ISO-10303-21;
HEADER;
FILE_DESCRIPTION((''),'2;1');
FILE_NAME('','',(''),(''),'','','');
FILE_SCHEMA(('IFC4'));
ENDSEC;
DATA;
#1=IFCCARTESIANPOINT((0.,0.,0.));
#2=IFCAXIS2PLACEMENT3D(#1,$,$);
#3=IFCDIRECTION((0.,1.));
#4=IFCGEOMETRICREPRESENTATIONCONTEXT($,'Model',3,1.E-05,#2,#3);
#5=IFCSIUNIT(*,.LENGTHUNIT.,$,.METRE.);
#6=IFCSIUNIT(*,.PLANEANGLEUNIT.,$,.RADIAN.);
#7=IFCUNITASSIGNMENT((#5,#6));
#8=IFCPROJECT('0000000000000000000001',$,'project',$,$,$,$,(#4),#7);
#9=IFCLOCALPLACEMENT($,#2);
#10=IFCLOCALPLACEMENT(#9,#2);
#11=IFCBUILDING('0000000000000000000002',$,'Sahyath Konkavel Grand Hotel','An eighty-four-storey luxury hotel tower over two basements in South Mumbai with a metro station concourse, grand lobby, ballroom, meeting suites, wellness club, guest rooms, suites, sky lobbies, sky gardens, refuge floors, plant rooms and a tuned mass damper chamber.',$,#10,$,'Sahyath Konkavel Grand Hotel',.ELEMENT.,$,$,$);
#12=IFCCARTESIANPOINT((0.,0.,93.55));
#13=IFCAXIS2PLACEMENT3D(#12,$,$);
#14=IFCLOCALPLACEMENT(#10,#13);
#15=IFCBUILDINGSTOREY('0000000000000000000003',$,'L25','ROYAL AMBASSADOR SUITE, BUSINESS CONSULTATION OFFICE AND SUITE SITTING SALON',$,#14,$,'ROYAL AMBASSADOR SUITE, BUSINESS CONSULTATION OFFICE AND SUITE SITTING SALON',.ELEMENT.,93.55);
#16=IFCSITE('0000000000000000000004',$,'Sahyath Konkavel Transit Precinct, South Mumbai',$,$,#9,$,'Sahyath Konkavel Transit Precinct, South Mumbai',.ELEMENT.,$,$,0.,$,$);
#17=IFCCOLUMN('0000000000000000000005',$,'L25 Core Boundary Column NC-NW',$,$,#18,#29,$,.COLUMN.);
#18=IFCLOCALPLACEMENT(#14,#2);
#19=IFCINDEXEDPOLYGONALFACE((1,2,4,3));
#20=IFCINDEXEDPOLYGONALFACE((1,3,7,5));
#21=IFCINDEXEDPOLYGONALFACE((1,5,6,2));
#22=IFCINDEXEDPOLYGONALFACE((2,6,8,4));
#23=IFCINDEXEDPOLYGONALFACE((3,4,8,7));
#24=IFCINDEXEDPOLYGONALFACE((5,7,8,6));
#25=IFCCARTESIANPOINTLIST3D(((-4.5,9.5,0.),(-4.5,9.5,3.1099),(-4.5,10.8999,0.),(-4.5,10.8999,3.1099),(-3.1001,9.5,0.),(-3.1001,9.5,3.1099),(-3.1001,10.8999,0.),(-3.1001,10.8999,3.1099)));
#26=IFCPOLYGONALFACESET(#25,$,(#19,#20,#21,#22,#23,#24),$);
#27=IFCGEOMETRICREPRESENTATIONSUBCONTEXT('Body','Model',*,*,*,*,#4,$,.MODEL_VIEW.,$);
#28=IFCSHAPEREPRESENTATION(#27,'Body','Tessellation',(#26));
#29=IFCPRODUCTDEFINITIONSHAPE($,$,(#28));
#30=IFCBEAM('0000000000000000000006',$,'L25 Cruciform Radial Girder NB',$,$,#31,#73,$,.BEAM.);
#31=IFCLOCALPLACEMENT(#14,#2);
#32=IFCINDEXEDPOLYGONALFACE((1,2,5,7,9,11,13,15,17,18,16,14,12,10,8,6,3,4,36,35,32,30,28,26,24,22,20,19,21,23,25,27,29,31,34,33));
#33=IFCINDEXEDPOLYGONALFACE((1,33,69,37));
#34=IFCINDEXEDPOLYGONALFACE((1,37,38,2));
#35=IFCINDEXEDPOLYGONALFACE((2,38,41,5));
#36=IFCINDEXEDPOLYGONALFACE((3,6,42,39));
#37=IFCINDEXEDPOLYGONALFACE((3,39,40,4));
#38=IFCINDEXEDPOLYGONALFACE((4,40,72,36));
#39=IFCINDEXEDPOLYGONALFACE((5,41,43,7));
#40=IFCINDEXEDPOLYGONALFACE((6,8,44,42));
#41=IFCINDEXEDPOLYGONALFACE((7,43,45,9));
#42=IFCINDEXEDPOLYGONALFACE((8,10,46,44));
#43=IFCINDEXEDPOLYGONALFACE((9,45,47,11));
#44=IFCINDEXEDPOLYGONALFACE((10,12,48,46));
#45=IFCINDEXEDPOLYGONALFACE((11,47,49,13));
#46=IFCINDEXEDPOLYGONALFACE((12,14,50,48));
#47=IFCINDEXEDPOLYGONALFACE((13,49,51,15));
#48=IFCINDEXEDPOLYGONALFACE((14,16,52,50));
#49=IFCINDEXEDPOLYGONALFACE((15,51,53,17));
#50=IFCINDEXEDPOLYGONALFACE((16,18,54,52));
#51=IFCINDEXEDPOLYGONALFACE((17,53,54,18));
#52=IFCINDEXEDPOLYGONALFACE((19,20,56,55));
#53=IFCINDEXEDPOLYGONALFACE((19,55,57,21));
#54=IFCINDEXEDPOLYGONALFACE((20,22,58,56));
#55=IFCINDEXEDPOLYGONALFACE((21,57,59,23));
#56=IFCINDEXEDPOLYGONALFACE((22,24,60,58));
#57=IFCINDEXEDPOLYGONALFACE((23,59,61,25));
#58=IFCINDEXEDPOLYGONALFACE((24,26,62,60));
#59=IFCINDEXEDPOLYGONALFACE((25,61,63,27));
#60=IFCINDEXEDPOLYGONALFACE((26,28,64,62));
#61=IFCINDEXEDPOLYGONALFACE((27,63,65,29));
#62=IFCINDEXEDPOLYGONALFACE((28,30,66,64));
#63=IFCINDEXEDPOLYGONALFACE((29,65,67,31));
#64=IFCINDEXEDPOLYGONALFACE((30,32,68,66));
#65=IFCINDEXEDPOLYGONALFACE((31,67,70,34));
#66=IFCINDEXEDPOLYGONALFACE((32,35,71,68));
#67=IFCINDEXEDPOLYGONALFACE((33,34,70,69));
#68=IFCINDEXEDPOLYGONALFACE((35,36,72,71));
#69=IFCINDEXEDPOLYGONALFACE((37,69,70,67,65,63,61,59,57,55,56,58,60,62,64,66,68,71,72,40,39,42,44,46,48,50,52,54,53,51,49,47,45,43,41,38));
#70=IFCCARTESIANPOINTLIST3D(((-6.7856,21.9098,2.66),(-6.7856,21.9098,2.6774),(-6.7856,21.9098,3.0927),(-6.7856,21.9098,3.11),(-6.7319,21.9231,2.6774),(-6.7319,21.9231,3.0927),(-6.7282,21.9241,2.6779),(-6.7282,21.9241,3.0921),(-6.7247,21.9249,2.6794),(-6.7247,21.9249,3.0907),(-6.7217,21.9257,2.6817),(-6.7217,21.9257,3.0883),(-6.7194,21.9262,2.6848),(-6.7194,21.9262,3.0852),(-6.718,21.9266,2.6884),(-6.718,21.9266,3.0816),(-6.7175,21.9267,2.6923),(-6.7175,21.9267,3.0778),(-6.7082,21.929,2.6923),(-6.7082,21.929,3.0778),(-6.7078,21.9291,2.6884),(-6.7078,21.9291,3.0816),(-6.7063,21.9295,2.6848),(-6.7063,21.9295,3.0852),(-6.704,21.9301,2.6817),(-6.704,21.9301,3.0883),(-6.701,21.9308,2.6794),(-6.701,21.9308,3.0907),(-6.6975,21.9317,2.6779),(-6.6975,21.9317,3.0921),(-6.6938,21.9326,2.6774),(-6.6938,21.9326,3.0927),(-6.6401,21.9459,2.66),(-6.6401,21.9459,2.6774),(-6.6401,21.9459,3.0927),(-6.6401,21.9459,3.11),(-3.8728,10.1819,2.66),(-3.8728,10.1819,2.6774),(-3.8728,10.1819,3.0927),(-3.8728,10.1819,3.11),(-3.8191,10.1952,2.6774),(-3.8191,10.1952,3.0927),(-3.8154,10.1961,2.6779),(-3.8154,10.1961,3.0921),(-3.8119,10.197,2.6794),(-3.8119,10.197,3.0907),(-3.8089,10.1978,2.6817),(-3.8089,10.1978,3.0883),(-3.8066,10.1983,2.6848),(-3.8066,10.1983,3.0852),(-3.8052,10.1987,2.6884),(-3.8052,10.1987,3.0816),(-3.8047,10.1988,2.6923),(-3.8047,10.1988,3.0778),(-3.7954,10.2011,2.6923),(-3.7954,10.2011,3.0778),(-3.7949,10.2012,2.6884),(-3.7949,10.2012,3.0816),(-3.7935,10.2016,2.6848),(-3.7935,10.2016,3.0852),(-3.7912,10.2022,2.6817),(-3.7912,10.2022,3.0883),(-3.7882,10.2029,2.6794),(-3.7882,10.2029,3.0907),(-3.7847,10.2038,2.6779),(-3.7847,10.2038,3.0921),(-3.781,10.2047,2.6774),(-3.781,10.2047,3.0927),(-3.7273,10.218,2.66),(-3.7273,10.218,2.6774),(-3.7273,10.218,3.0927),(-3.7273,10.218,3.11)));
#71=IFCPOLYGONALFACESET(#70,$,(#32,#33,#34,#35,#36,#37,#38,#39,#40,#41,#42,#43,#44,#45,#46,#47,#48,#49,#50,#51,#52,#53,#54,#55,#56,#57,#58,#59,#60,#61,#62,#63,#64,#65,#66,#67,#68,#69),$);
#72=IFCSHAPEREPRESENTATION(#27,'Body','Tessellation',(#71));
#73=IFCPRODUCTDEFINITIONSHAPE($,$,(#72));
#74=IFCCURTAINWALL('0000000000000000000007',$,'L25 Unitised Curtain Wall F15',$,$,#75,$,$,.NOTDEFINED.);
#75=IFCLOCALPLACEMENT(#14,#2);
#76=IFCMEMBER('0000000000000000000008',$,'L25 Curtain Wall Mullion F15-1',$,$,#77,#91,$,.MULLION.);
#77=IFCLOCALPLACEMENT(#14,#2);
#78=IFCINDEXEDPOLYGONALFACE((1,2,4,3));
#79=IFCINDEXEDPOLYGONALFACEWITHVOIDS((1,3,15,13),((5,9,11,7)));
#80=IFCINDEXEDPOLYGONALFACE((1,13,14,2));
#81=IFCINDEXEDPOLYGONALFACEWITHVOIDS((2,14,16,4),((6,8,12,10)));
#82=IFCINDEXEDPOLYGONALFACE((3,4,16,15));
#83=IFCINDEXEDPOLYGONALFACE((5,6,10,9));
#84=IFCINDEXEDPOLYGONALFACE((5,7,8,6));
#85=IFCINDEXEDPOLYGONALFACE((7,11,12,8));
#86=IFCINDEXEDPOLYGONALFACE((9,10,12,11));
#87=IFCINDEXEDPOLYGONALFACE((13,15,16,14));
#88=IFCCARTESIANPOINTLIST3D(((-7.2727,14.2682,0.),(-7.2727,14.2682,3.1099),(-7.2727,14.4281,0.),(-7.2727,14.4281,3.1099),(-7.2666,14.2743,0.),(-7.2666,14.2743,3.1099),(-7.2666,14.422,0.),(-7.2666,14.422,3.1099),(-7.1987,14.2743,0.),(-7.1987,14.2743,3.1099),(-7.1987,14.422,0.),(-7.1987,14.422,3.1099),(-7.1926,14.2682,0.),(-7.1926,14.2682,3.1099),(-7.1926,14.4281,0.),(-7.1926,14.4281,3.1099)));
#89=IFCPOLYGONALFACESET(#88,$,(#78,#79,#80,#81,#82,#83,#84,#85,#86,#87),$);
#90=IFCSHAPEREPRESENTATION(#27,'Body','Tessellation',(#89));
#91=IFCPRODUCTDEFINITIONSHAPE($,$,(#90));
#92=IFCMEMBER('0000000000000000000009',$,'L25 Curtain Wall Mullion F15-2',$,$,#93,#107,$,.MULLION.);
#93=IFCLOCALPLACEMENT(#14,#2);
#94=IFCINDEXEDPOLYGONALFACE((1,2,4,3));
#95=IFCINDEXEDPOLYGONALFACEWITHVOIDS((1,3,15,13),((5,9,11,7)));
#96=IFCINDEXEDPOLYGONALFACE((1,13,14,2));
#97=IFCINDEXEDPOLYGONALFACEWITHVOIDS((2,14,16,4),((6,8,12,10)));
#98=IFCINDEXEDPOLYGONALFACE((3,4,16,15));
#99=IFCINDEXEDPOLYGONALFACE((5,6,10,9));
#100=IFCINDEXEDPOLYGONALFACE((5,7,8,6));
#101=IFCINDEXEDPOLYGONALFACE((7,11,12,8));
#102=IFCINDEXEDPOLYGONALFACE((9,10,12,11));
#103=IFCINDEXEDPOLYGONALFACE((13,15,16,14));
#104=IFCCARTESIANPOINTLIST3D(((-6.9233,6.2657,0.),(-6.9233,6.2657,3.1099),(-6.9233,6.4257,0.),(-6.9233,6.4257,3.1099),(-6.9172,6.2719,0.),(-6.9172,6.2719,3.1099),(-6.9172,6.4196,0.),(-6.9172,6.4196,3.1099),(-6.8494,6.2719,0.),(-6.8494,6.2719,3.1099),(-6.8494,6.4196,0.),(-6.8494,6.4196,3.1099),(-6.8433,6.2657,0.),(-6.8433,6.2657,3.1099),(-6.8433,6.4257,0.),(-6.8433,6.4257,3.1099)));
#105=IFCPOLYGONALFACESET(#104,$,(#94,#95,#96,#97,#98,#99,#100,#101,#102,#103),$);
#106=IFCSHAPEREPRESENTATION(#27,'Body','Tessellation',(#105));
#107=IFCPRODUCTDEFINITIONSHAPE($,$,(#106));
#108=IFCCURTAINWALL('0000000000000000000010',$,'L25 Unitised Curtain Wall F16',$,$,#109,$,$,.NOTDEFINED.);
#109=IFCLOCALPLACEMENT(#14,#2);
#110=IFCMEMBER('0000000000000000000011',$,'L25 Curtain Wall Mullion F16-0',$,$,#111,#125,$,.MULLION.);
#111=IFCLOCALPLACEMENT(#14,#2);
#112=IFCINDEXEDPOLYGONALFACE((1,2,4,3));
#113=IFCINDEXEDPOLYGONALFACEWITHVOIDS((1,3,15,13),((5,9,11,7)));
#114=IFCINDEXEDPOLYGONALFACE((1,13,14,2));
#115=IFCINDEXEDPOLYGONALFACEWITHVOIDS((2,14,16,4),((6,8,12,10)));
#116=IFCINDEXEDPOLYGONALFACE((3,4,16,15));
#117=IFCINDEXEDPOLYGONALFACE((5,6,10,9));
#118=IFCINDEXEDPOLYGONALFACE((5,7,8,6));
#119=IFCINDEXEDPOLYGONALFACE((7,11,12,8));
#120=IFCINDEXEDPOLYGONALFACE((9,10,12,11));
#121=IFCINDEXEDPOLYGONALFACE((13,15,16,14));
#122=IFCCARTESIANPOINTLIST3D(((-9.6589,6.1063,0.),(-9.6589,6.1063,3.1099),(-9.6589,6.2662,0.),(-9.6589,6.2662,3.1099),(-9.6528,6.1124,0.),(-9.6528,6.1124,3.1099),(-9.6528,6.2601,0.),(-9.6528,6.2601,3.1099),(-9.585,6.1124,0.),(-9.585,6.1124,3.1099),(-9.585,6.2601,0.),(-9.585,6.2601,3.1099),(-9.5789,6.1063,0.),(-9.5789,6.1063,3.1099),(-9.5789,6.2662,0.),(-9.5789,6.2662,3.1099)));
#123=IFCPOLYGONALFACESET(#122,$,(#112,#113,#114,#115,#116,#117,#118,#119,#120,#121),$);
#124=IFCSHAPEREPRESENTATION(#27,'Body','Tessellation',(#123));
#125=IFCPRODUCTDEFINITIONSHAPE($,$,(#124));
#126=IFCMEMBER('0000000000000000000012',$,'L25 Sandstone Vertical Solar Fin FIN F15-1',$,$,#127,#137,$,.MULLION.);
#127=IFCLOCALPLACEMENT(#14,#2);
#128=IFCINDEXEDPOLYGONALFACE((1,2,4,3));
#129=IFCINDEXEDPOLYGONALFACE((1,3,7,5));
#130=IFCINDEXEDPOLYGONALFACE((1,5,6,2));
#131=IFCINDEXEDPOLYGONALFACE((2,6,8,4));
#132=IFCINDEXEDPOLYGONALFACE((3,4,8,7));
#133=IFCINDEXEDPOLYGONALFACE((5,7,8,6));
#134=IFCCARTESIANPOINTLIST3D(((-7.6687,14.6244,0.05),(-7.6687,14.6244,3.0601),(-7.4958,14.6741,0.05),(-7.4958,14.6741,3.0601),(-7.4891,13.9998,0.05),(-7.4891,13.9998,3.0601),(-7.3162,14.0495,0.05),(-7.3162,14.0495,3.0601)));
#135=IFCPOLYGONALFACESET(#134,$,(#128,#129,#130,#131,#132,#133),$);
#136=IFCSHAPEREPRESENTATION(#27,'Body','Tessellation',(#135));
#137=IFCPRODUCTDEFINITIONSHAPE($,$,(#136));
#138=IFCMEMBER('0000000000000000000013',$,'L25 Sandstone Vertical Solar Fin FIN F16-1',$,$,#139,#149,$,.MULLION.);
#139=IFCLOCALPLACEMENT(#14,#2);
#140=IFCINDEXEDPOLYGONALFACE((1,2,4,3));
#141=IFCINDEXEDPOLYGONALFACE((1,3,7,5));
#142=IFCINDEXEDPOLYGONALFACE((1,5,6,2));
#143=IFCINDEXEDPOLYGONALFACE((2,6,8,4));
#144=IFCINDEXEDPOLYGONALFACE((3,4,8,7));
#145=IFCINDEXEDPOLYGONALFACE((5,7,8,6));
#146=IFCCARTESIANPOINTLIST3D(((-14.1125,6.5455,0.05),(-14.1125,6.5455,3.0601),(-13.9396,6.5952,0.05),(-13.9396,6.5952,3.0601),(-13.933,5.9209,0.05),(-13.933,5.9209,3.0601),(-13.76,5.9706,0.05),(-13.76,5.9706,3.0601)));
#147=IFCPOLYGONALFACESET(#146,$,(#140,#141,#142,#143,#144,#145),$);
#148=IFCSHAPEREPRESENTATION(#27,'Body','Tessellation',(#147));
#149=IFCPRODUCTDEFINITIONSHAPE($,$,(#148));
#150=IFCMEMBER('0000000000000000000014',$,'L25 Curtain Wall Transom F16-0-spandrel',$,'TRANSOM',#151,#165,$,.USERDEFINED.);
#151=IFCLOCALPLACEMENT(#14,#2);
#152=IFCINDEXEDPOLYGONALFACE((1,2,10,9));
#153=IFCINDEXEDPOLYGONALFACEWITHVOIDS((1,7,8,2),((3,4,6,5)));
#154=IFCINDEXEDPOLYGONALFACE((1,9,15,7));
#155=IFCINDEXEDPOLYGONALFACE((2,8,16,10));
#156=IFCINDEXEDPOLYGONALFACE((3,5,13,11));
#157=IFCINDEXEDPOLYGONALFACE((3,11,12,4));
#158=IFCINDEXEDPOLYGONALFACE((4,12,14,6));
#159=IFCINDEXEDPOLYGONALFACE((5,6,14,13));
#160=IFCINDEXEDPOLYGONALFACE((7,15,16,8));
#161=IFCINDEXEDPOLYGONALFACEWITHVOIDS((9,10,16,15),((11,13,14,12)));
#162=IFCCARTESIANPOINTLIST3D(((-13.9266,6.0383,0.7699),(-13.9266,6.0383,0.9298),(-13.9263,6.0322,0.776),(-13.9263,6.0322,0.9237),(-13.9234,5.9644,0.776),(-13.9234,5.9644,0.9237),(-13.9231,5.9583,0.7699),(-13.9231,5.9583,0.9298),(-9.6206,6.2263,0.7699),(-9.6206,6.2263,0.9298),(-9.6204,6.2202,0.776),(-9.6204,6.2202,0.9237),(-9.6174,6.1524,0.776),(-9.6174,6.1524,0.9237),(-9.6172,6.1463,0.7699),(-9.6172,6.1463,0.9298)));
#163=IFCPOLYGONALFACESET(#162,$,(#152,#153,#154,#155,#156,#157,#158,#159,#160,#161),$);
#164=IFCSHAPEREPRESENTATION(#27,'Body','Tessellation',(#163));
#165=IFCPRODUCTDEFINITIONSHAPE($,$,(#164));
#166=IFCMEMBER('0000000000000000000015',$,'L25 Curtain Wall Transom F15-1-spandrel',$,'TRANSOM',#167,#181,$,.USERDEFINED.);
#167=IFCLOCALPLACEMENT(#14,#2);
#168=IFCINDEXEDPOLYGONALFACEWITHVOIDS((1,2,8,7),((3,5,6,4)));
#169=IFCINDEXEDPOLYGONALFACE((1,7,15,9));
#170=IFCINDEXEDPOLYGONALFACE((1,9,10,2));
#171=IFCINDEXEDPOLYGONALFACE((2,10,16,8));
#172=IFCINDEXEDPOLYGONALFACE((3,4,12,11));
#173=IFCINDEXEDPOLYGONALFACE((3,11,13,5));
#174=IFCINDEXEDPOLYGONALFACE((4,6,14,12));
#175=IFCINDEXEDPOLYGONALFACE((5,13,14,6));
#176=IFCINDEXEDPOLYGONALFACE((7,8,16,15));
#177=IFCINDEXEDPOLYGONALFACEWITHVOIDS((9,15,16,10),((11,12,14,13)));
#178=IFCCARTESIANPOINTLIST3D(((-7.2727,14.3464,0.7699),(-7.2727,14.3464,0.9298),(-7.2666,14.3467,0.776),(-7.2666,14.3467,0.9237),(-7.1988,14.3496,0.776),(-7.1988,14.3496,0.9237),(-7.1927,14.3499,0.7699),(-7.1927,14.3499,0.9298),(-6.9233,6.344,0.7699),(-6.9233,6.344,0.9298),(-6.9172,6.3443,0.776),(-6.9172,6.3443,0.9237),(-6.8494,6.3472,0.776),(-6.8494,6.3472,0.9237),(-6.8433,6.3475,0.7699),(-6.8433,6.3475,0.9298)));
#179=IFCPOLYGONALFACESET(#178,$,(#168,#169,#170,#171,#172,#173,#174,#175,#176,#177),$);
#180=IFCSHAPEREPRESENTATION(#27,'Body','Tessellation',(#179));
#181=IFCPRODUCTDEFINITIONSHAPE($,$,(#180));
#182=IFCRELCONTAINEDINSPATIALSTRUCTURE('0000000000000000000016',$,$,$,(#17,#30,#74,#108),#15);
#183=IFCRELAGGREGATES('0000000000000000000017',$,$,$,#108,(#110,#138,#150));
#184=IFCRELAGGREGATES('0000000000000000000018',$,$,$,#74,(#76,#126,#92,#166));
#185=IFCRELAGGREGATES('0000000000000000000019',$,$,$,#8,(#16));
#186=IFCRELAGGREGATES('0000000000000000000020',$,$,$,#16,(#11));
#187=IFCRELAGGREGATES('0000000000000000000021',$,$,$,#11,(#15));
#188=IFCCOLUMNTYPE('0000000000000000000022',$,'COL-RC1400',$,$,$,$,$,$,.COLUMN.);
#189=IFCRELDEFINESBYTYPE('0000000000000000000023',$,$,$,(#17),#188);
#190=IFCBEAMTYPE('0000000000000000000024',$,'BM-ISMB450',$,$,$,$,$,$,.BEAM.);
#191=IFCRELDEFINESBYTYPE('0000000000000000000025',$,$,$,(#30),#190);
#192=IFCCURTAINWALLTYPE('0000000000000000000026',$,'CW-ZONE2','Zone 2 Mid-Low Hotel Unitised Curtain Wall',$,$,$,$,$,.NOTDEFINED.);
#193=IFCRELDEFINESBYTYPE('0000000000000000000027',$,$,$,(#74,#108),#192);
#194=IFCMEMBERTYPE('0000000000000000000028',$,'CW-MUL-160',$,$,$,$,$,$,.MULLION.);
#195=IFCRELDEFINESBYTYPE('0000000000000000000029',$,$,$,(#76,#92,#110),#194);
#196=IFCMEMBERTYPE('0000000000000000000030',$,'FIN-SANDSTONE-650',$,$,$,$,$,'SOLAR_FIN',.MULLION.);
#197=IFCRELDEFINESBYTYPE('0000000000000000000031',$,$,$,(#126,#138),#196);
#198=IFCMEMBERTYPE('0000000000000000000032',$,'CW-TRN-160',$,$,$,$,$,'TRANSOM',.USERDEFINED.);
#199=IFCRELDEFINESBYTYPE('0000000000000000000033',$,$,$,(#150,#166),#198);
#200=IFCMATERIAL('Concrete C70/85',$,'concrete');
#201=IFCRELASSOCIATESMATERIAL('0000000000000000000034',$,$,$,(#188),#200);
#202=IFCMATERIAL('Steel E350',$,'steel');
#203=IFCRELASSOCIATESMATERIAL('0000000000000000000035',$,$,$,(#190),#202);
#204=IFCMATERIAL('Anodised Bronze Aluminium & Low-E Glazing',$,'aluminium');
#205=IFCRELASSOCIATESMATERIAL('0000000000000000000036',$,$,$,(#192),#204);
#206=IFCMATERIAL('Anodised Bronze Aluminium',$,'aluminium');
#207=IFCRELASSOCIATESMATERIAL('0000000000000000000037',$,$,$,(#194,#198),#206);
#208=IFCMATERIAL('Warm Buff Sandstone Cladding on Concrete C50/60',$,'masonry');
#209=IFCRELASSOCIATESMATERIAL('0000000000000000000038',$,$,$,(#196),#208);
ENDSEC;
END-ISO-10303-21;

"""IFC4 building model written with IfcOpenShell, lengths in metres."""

from ifc_helpers import new_model, si_unit, direction, frame, origin, origin_2d, place, context, subcontext, project, spatial, rectangle, hollow_rectangle, i_section, extrude, source, transform, mapped, material, material_profile, profile_set, type_object, element, aggregate, save


model = new_model("IFC4")

# Units and contexts
model_context = context("Model", 3, precision=1e-05, world=origin(), true_north=direction((0.0, 1.0)))
body_context = subcontext(model_context, "Body", "Model", "MODEL_VIEW")
ifc_project = project(units=[si_unit("LENGTHUNIT", "METRE"), si_unit("PLANEANGLEUNIT", "RADIAN")], contexts=[model_context])

# Site, building, storey
site_placement = place(None, origin())
site = spatial("IfcSite", under=ifc_project, at=site_placement, Name="Sahyath Konkavel Transit Precinct, South Mumbai", LongName="Sahyath Konkavel Transit Precinct, South Mumbai", CompositionType="ELEMENT", RefElevation=0.0)
building_placement = place(site_placement, origin())
building = spatial("IfcBuilding", under=site, at=building_placement, Name="Sahyath Konkavel Grand Hotel", Description="An eighty-four-storey luxury hotel tower over two basements in South Mumbai with a metro station concourse, grand lobby, ballroom, meeting suites, wellness club, guest rooms, suites, sky lobbies, sky gardens, refuge floors, plant rooms and a tuned mass damper chamber.", LongName="Sahyath Konkavel Grand Hotel", CompositionType="ELEMENT")
storey_placement = place(building_placement, frame((0.0, 0.0, 93.55)))
storey = spatial("IfcBuildingStorey", under=building, at=storey_placement, Name="L25", Description="ROYAL AMBASSADOR SUITE, BUSINESS CONSULTATION OFFICE AND SUITE SITTING SALON", LongName="ROYAL AMBASSADOR SUITE, BUSINESS CONSULTATION OFFICE AND SUITE SITTING SALON", CompositionType="ELEMENT", Elevation=93.55)

# Column
ifc_material_1 = material(Name="Concrete C70/85", Category="concrete")
ifc_material_profile_1 = material_profile(ifc_material_1, rectangle(XDim=1.3999, YDim=1.3999, at=origin_2d()), Name="RC 1400x1400")
ifc_profile_set_1 = profile_set([ifc_material_profile_1], Name="Concrete C70/85")
column_type = type_object("IfcColumnType", Name="COL-RC1400", PredefinedType="COLUMN", material=ifc_profile_set_1)
shared_shape_1 = source(origin(), body_context, "Body", "SweptSolid", [
    extrude(rectangle(XDim=1.3999, YDim=1.3999, at=origin_2d()), origin(), (0.0, 0.0, 1.0), 3.1099),
])
column_placement = place(storey_placement, frame((-3.8, 10.2, 0.0), z_axis=(0.0, 0.0, 1.0), x_axis=(1.0, 0.0, 0.0)))
element("IfcColumn", 1, at=column_placement, inside=storey, type_object=column_type, Name="L25 Core Boundary Column NC-NW", PredefinedType="COLUMN", context=body_context, shape_type="MappedRepresentation", body=[
    mapped(shared_shape_1, transform((0.0, 0.0, 0.0), scale=1.0)),
])

# Beam
ifc_material_2 = material(Name="Steel E350", Category="steel")
ifc_material_profile_2 = material_profile(ifc_material_2, i_section(OverallWidth=0.1499, OverallDepth=0.45, WebThickness=0.0095, FlangeThickness=0.0173, FilletRadius=0.0149, at=origin_2d()), Name="ISMB 450")
ifc_profile_set_2 = profile_set([ifc_material_profile_2], Name="Steel E350")
beam_type_1 = type_object("IfcBeamType", Name="BM-ISMB450", PredefinedType="BEAM", material=ifc_profile_set_2)
shared_shape_2 = source(origin(), body_context, "Body", "SweptSolid", [
    extrude(i_section(OverallWidth=0.1499, OverallDepth=0.45, WebThickness=0.0095, FlangeThickness=0.0173, FilletRadius=0.0149, at=origin_2d()), origin(), (0.0, 0.0, 1.0), 12.0842),
])
beam_1_placement = place(storey_placement, frame((-3.8, 10.2, 2.885), z_axis=(-0.241043, 0.970515, 0.0), x_axis=(-0.970515, -0.241043, 0.0)))
element("IfcBeam", 2, at=beam_1_placement, inside=storey, type_object=beam_type_1, Name="L25 Cruciform Radial Girder NB", PredefinedType="BEAM", context=body_context, shape_type="MappedRepresentation", body=[
    mapped(shared_shape_2, transform((0.0, 0.0, 0.0), scale=1.0)),
])

# Curtain wall, members
ifc_material_3 = material(Name="Anodised Bronze Aluminium & Low-E Glazing", Category="aluminium")
curtain_wall_type = type_object("IfcCurtainWallType", Name="CW-ZONE2", Description="Zone 2 Mid-Low Hotel Unitised Curtain Wall", PredefinedType="NOTDEFINED", material=ifc_material_3)
curtain_wall_1_placement = place(storey_placement, origin())
curtain_wall_1 = element("IfcCurtainWall", 3, at=curtain_wall_1_placement, inside=storey, type_object=curtain_wall_type, Name="L25 Unitised Curtain Wall F15", PredefinedType="NOTDEFINED")
ifc_material_4 = material(Name="Anodised Bronze Aluminium", Category="aluminium")
ifc_material_profile_3 = material_profile(ifc_material_4, hollow_rectangle(XDim=0.0801, YDim=0.1599, WallThickness=0.0061, at=origin_2d()), Name="RHS 160x80x6")
ifc_profile_set_3 = profile_set([ifc_material_profile_3], Name="Anodised Bronze Aluminium")
member_type_1 = type_object("IfcMemberType", Name="CW-MUL-160", PredefinedType="MULLION", material=ifc_profile_set_3)
shared_shape_3 = source(origin(), body_context, "Body", "SweptSolid", [
    extrude(hollow_rectangle(XDim=0.0801, YDim=0.1599, WallThickness=0.0061, at=origin_2d()), origin(), (0.0, 0.0, 1.0), 3.1099),
])
member_1_placement = place(storey_placement, frame((-7.2327, 14.3481, 0.0), z_axis=(0.0, 0.0, 1.0), x_axis=(1.0, 0.0, 0.0)))
member_1 = element("IfcMember", 4, at=member_1_placement, type_object=member_type_1, Name="L25 Curtain Wall Mullion F15-1", PredefinedType="MULLION", context=body_context, shape_type="MappedRepresentation", body=[
    mapped(shared_shape_3, transform((0.0, 0.0, 0.0), scale=1.0)),
])
member_2_placement = place(storey_placement, frame((-6.8833, 6.3457, 0.0), z_axis=(0.0, 0.0, 1.0), x_axis=(1.0, 0.0, 0.0)))
member_2 = element("IfcMember", 5, at=member_2_placement, type_object=member_type_1, Name="L25 Curtain Wall Mullion F15-2", PredefinedType="MULLION", context=body_context, shape_type="MappedRepresentation", body=[
    mapped(shared_shape_3, transform((0.0, 0.0, 0.0), scale=1.0)),
])

# Curtain wall, member
curtain_wall_2_placement = place(storey_placement, origin())
curtain_wall_2 = element("IfcCurtainWall", 6, at=curtain_wall_2_placement, inside=storey, type_object=curtain_wall_type, Name="L25 Unitised Curtain Wall F16", PredefinedType="NOTDEFINED")
member_3_placement = place(storey_placement, frame((-9.6189, 6.1863, 0.0), z_axis=(0.0, 0.0, 1.0), x_axis=(1.0, 0.0, 0.0)))
member_3 = element("IfcMember", 7, at=member_3_placement, type_object=member_type_1, Name="L25 Curtain Wall Mullion F16-0", PredefinedType="MULLION", context=body_context, shape_type="MappedRepresentation", body=[
    mapped(shared_shape_3, transform((0.0, 0.0, 0.0), scale=1.0)),
])

# Members
ifc_material_5 = material(Name="Warm Buff Sandstone Cladding on Concrete C50/60", Category="masonry")
ifc_material_profile_4 = material_profile(ifc_material_5, rectangle(XDim=0.1799, YDim=0.6499, at=origin_2d()), Name="FIN 180x650")
ifc_profile_set_4 = profile_set([ifc_material_profile_4], Name="Warm Buff Sandstone Cladding on Concrete C50/60")
member_type_2 = type_object("IfcMemberType", Name="FIN-SANDSTONE-650", ElementType="SOLAR_FIN", PredefinedType="MULLION", material=ifc_profile_set_4)
shared_shape_4 = source(origin(), body_context, "Body", "SweptSolid", [
    extrude(rectangle(XDim=0.1799, YDim=0.6499, at=origin_2d()), origin(), (0.0, 0.0, 1.0), 3.01),
])
member_4_placement = place(storey_placement, frame((-7.4924, 14.3369, 0.05), z_axis=(0.0, 0.0, 1.0), x_axis=(0.961069, 0.276308, 0.0)))
member_4 = element("IfcMember", 8, at=member_4_placement, type_object=member_type_2, Name="L25 Sandstone Vertical Solar Fin FIN F15-1", PredefinedType="MULLION", context=body_context, shape_type="MappedRepresentation", body=[
    mapped(shared_shape_4, transform((0.0, 0.0, 0.0), scale=1.0)),
])
member_5_placement = place(storey_placement, frame((-13.9363, 6.2581, 0.05), z_axis=(0.0, 0.0, 1.0), x_axis=(0.961069, 0.276308, 0.0)))
member_5 = element("IfcMember", 9, at=member_5_placement, type_object=member_type_2, Name="L25 Sandstone Vertical Solar Fin FIN F16-1", PredefinedType="MULLION", context=body_context, shape_type="MappedRepresentation", body=[
    mapped(shared_shape_4, transform((0.0, 0.0, 0.0), scale=1.0)),
])
ifc_material_profile_5 = material_profile(ifc_material_4, hollow_rectangle(XDim=0.0801, YDim=0.1599, WallThickness=0.0061, at=origin_2d()), Name="RHS 160x80x6")
ifc_profile_set_5 = profile_set([ifc_material_profile_5], Name="Anodised Bronze Aluminium")
member_type_3 = type_object("IfcMemberType", Name="CW-TRN-160", ElementType="TRANSOM", PredefinedType="USERDEFINED", material=ifc_profile_set_5)
shared_shape_5 = source(origin(), body_context, "Body", "SweptSolid", [
    extrude(hollow_rectangle(XDim=0.0801, YDim=0.1599, WallThickness=0.0061, at=origin_2d()), origin(), (0.0, 0.0, 1.0), 4.3101),
])
member_6_placement = place(storey_placement, frame((-9.6189, 6.1863, 0.8499), z_axis=(-0.999048, -0.043617, 0.0), x_axis=(0.043617, -0.999048, 0.0)))
member_6 = element("IfcMember", 10, at=member_6_placement, type_object=member_type_3, Name="L25 Curtain Wall Transom F16-0-spandrel", ObjectType="TRANSOM", PredefinedType="USERDEFINED", context=body_context, shape_type="MappedRepresentation", body=[
    mapped(shared_shape_5, transform((0.0, 0.0, 0.0), scale=1.0)),
])
aggregate(curtain_wall_2, [member_3, member_5, member_6])
shared_shape_6 = source(origin(), body_context, "Body", "SweptSolid", [
    extrude(hollow_rectangle(XDim=0.0801, YDim=0.1599, WallThickness=0.0061, at=origin_2d()), origin(), (0.0, 0.0, 1.0), 8.01),
])
member_7_placement = place(storey_placement, frame((-7.2327, 14.3481, 0.8499), z_axis=(0.043616, -0.999048, 0.0), x_axis=(0.999048, 0.043616, 0.0)))
member_7 = element("IfcMember", 11, at=member_7_placement, type_object=member_type_3, Name="L25 Curtain Wall Transom F15-1-spandrel", ObjectType="TRANSOM", PredefinedType="USERDEFINED", context=body_context, shape_type="MappedRepresentation", body=[
    mapped(shared_shape_6, transform((0.0, 0.0, 0.0), scale=1.0)),
])

aggregate(curtain_wall_1, [member_1, member_4, member_2, member_7])

save(model, "model.ifc")
